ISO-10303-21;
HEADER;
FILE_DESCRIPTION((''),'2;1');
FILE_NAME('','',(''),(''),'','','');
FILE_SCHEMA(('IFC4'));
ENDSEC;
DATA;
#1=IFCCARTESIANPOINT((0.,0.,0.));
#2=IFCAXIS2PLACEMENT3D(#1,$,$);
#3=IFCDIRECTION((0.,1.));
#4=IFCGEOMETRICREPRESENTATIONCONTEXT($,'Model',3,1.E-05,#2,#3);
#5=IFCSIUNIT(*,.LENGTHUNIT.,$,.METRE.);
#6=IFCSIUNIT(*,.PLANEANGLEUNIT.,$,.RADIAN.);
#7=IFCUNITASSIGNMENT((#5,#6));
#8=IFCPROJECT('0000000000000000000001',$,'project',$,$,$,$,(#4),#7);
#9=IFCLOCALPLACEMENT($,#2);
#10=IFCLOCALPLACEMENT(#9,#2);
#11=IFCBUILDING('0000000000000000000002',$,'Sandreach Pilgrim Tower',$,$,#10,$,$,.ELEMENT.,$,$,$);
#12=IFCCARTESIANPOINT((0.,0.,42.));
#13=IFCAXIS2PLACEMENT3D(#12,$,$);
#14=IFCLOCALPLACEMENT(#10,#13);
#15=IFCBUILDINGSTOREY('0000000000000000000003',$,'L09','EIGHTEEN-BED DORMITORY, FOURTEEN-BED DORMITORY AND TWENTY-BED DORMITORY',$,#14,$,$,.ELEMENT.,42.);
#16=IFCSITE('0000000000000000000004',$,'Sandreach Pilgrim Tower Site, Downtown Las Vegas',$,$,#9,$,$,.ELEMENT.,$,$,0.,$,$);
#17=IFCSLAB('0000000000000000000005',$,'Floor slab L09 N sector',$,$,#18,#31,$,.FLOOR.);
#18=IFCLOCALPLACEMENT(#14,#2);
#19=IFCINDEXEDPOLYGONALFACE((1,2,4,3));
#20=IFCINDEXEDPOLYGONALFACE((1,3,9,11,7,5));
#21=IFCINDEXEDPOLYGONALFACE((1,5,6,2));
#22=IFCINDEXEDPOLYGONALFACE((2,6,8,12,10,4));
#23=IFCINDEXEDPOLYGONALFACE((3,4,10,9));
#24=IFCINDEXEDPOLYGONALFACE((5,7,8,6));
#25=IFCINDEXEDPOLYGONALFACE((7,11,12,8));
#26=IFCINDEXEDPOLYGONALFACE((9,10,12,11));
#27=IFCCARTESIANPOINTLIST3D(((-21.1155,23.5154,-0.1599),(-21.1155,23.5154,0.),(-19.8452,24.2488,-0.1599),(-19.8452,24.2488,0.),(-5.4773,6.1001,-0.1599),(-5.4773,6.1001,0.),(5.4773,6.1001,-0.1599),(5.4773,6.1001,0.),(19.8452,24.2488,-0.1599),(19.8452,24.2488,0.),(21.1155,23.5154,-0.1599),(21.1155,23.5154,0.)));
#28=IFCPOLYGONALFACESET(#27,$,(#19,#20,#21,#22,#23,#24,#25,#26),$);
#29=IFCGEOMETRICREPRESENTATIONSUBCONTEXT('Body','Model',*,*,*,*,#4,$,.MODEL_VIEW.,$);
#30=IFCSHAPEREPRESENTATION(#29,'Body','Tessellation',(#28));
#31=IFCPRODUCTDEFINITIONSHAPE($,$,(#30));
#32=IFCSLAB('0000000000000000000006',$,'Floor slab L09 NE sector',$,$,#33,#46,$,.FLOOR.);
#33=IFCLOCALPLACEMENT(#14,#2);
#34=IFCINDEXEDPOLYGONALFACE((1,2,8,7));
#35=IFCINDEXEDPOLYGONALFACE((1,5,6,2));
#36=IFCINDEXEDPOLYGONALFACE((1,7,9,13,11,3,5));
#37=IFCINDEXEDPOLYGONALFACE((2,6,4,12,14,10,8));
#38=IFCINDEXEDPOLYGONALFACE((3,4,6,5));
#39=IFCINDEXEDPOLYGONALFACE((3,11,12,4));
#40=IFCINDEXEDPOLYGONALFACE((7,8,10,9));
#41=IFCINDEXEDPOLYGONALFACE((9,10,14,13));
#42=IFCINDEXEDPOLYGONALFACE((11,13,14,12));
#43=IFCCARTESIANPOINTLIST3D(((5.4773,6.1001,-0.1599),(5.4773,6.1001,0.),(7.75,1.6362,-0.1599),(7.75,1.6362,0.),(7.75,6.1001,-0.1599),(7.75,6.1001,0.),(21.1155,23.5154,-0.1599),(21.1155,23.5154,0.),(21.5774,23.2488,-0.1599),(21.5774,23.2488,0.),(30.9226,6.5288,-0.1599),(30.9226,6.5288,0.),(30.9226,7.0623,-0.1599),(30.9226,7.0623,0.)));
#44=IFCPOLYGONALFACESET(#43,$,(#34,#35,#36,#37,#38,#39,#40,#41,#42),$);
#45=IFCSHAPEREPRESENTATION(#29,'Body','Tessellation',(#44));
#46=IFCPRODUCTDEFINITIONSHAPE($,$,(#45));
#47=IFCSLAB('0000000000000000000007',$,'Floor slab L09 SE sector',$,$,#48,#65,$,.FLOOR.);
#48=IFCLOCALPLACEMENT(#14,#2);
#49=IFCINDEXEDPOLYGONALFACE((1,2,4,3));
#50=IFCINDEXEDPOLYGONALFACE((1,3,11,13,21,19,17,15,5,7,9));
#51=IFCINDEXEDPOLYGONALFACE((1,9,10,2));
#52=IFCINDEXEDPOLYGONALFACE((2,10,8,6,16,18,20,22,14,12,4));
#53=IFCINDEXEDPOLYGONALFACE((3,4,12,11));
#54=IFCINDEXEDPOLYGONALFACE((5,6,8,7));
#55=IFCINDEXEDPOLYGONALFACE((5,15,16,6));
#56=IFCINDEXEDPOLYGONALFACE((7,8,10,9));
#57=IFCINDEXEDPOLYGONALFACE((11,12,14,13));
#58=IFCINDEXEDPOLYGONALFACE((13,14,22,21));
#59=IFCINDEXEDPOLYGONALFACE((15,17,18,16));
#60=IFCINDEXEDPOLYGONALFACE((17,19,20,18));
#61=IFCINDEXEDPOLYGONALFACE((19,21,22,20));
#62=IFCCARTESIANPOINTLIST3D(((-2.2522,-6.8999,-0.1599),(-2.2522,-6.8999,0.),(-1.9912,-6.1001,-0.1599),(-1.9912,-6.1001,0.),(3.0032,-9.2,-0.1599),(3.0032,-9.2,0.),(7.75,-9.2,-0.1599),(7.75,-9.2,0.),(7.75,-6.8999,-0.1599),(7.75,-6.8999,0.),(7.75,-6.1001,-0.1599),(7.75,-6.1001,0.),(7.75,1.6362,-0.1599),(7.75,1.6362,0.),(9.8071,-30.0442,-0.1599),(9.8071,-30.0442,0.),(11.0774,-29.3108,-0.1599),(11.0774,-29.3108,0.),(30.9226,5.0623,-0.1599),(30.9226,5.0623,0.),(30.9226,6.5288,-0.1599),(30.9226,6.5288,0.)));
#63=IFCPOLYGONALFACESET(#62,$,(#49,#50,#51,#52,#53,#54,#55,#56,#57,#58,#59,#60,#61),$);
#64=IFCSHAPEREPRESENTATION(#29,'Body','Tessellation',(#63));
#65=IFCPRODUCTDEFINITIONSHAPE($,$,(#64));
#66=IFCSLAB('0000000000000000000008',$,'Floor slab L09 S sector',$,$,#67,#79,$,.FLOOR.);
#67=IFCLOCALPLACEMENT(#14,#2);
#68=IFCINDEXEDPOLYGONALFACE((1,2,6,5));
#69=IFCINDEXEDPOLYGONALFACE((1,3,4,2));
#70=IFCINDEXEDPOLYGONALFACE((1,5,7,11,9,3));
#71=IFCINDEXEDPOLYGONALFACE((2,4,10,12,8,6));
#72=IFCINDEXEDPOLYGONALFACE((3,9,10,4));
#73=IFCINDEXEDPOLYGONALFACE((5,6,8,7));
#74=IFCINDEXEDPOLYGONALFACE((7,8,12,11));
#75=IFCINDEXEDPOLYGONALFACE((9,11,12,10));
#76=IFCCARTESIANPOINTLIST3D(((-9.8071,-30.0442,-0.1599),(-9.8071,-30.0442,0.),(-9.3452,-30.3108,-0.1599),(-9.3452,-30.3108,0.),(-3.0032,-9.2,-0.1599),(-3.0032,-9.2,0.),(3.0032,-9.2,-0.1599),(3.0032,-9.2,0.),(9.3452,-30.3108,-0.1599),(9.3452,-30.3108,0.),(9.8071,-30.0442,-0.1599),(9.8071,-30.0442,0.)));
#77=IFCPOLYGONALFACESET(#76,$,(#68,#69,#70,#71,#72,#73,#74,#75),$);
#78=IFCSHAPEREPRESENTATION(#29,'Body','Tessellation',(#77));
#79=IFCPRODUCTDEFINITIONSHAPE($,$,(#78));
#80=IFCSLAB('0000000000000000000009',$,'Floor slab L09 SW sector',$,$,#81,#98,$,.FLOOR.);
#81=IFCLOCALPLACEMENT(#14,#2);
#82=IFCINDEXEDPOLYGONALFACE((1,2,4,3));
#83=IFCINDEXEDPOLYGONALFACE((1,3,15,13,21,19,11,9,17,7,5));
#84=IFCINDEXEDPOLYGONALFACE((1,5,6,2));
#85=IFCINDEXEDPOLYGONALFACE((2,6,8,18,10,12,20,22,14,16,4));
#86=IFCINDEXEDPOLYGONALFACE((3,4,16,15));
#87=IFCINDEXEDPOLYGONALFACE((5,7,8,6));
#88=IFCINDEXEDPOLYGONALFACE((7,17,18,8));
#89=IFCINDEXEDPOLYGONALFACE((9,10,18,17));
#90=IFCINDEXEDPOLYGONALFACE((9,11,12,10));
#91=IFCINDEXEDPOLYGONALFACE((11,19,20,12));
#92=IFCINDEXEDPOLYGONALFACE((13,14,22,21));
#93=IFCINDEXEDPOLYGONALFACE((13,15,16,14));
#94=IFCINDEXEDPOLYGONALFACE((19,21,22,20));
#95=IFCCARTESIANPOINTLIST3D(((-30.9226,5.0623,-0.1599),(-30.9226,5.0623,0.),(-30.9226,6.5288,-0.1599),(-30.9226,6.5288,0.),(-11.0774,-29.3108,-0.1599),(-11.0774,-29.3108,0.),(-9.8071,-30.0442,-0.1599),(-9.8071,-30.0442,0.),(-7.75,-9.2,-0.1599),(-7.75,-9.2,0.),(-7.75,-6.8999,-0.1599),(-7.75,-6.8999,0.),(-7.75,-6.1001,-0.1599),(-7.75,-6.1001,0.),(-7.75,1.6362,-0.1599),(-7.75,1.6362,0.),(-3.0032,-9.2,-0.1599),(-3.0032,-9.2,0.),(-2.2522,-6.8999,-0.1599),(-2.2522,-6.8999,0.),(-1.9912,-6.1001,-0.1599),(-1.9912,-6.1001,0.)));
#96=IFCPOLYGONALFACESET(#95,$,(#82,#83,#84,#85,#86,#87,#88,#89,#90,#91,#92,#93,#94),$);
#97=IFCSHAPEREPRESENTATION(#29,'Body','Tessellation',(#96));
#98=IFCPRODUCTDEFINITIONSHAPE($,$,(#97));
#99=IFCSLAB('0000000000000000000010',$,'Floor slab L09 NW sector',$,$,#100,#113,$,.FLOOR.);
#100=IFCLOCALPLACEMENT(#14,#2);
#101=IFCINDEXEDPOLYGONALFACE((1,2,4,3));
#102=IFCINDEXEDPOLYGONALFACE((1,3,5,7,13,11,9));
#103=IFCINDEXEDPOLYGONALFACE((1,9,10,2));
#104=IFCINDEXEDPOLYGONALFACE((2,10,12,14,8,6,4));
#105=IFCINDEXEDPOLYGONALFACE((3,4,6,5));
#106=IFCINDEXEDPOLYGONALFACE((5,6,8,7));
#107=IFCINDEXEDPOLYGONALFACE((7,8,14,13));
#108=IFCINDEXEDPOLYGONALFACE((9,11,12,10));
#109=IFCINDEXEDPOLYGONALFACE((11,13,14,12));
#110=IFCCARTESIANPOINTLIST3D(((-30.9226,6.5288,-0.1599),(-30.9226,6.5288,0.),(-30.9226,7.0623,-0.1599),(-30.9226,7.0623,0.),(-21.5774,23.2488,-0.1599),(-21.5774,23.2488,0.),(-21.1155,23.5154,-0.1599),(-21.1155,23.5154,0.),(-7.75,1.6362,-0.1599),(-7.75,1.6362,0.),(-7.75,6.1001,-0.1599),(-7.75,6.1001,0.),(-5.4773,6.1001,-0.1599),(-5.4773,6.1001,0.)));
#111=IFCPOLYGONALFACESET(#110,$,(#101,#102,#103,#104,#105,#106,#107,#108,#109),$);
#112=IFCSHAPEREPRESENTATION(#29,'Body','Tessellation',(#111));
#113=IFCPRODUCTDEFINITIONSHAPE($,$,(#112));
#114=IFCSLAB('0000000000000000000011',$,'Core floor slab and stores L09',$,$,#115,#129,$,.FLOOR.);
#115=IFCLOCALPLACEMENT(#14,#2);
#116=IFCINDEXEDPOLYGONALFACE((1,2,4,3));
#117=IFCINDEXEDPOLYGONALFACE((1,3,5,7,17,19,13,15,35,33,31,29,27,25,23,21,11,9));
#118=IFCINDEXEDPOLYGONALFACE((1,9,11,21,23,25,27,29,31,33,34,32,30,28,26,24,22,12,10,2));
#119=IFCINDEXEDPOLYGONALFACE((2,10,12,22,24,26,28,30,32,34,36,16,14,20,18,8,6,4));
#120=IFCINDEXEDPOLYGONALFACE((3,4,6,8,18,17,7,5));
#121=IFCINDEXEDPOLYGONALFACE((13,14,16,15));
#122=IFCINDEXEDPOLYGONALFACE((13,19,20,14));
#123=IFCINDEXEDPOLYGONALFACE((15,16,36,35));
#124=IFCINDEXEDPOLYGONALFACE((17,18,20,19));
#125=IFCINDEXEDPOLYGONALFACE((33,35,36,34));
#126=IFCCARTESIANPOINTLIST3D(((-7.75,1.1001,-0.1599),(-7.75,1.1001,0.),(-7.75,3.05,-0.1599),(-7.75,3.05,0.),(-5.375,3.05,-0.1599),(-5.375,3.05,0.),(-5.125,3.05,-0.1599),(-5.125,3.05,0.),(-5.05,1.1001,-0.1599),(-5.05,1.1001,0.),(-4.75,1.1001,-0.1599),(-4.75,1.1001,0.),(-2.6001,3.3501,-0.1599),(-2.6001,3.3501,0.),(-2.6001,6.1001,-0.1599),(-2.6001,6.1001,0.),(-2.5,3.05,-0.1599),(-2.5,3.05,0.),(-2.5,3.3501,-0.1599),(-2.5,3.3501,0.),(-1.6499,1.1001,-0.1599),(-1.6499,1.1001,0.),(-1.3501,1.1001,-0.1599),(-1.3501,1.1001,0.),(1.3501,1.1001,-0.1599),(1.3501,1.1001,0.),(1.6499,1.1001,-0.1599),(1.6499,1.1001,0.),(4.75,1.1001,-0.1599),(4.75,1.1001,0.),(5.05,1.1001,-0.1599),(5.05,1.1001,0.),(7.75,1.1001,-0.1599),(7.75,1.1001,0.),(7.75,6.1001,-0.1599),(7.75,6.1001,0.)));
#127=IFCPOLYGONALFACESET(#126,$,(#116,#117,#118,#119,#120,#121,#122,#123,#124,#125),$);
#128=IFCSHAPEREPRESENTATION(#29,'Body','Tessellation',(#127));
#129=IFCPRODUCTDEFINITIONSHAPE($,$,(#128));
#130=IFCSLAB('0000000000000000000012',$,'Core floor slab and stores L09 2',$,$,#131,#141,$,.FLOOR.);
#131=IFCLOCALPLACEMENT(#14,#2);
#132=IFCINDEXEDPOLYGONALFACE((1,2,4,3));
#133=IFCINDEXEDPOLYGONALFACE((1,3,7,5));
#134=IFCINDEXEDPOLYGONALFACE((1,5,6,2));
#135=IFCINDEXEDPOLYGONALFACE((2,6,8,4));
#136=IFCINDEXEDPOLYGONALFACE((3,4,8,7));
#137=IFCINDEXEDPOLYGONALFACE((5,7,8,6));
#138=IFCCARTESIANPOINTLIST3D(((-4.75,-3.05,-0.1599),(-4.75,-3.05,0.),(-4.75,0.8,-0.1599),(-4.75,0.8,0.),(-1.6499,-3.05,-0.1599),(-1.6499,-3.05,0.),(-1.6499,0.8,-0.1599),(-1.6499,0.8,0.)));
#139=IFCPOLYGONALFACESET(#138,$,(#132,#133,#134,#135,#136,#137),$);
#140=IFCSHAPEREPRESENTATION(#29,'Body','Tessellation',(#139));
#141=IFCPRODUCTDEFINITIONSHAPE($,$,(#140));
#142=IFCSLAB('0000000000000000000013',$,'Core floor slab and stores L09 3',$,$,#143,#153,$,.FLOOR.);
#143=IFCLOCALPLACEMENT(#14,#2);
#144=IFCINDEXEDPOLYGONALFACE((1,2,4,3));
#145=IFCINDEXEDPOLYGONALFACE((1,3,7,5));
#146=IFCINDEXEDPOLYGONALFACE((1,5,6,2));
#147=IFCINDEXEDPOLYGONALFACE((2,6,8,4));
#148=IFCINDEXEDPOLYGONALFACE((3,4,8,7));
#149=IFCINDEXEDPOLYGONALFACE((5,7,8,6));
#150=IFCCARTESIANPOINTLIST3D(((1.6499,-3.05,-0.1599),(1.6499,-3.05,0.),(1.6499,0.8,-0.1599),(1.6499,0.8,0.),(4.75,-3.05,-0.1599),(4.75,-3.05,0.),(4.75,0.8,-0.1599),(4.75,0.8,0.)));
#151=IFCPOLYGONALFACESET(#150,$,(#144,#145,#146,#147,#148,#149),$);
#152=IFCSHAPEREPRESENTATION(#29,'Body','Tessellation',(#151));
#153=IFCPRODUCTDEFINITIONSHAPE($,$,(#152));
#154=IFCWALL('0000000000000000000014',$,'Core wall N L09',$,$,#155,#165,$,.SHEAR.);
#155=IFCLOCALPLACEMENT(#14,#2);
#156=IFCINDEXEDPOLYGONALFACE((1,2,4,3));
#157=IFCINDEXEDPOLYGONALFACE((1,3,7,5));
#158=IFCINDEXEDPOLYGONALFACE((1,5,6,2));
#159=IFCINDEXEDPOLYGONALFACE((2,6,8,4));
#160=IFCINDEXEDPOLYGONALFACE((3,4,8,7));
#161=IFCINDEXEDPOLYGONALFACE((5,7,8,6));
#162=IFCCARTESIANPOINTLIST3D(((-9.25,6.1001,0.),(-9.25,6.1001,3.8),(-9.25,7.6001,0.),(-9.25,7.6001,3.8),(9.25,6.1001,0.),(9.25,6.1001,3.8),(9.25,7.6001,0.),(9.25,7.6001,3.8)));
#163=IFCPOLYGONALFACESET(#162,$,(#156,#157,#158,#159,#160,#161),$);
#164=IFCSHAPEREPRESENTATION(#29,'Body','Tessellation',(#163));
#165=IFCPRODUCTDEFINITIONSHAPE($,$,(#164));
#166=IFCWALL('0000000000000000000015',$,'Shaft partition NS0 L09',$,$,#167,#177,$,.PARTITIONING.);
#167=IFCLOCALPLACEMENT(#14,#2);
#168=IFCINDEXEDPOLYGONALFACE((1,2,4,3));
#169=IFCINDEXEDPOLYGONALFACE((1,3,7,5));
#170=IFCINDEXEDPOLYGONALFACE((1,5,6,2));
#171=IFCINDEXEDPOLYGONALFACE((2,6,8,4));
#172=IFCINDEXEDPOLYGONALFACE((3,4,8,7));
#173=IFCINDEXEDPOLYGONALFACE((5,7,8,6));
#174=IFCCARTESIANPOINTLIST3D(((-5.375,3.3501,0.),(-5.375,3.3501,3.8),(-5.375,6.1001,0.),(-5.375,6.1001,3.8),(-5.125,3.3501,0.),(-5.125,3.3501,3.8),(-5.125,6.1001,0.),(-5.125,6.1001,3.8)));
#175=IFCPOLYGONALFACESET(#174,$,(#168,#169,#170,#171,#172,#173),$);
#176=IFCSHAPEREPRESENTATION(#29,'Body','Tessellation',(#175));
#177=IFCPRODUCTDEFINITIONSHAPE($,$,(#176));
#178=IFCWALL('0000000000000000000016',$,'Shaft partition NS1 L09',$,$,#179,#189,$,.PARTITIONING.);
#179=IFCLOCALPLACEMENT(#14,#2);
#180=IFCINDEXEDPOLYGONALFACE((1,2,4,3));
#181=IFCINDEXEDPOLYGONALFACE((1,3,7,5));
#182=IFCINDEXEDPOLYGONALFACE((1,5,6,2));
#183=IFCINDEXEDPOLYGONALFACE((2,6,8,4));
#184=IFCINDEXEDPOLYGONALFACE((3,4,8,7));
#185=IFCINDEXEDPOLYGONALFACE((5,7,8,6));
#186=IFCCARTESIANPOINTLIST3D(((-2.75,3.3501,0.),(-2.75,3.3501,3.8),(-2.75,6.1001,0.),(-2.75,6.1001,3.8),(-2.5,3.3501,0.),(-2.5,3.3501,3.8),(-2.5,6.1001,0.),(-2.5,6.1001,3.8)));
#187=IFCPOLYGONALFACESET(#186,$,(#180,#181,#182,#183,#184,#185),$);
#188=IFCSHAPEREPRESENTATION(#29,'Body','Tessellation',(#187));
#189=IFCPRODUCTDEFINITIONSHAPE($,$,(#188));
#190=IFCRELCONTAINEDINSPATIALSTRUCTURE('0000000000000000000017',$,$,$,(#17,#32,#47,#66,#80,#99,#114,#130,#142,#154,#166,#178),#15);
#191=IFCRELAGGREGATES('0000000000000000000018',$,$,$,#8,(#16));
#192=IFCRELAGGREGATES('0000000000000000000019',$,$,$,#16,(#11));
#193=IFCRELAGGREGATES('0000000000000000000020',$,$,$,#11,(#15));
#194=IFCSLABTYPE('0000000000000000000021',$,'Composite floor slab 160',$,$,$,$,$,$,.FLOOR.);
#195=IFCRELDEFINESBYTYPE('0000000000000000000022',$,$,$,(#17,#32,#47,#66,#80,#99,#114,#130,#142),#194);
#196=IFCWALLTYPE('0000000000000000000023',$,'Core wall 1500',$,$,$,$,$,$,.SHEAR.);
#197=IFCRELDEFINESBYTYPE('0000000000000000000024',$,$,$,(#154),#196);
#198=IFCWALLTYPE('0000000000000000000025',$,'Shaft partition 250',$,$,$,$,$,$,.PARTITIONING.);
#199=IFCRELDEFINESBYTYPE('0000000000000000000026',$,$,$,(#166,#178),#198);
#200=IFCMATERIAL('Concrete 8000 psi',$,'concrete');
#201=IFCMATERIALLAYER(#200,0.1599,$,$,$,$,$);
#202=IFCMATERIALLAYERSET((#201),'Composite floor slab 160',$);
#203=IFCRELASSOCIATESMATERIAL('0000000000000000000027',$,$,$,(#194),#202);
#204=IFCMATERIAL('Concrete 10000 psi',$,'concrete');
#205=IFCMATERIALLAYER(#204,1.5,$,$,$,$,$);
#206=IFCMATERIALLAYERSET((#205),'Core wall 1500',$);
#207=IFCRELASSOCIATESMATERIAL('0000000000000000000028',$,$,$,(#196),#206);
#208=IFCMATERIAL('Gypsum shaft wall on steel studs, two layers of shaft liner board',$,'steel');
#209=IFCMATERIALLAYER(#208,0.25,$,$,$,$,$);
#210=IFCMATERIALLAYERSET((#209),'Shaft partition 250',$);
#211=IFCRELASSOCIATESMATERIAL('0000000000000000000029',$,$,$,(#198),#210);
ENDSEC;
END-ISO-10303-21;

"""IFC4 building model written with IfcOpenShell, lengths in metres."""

from ifc_helpers import new_model, si_unit, direction, frame, frame_2d, origin, place, context, subcontext, project, spatial, polyline, rectangle, outline, extrude, material, layer, layer_set, type_object, element, save


model = new_model("IFC4")

# Units and contexts
model_context = context("Model", 3, precision=1e-05, world=origin(), true_north=direction((0.0, 1.0)))
body_context = subcontext(model_context, "Body", "Model", "MODEL_VIEW")
ifc_project = project(units=[si_unit("LENGTHUNIT", "METRE"), si_unit("PLANEANGLEUNIT", "RADIAN")], contexts=[model_context])

# Site, building, storey
site_placement = place(None, origin())
site = spatial("IfcSite", under=ifc_project, at=site_placement, Name="Sandreach Pilgrim Tower Site, Downtown Las Vegas", CompositionType="ELEMENT", RefElevation=0.0)
building_placement = place(site_placement, origin())
building = spatial("IfcBuilding", under=site, at=building_placement, Name="Sandreach Pilgrim Tower", CompositionType="ELEMENT")
storey_placement = place(building_placement, frame((0.0, 0.0, 42.0)))
storey = spatial("IfcBuildingStorey", under=building, at=storey_placement, Name="L09", Description="EIGHTEEN-BED DORMITORY, FOURTEEN-BED DORMITORY AND TWENTY-BED DORMITORY", CompositionType="ELEMENT", Elevation=42.0)

# Slabs
ifc_material_1 = material(Name="Concrete 8000 psi", Category="concrete")
ifc_layer_1 = layer(ifc_material_1, 0.1599)
ifc_layer_set_1 = layer_set([ifc_layer_1], Name="Composite floor slab 160")
slab_type = type_object("IfcSlabType", Name="Composite floor slab 160", PredefinedType="FLOOR", material=ifc_layer_set_1)
slab_1_placement = place(storey_placement, frame((0.0, 0.0, -0.1599)))
element("IfcSlab", 1, at=slab_1_placement, inside=storey, type_object=slab_type, Name="Floor slab L09 N sector", PredefinedType="FLOOR", context=body_context, shape_type="SweptSolid", body=[
    extrude(outline(polyline([(-19.8452, 24.2488), (19.8452, 24.2488), (21.1155, 23.5154), (5.4773, 6.1001), (-5.4773, 6.1001), (-21.1155, 23.5154), (-19.8452, 24.2488)])), origin(), (0.0, 0.0, 1.0), 0.1599),
])
slab_2_placement = place(storey_placement, frame((0.0, 0.0, -0.1599)))
element("IfcSlab", 2, at=slab_2_placement, inside=storey, type_object=slab_type, Name="Floor slab L09 NE sector", PredefinedType="FLOOR", context=body_context, shape_type="SweptSolid", body=[
    extrude(outline(polyline([(21.5774, 23.2488), (30.9226, 7.0623), (30.9226, 6.5288), (7.75, 1.6362), (7.75, 6.1001), (5.4773, 6.1001), (21.1155, 23.5154), (21.5774, 23.2488)])), origin(), (0.0, 0.0, 1.0), 0.1599),
])
slab_3_placement = place(storey_placement, frame((0.0, 0.0, -0.1599)))
element("IfcSlab", 3, at=slab_3_placement, inside=storey, type_object=slab_type, Name="Floor slab L09 SE sector", PredefinedType="FLOOR", context=body_context, shape_type="SweptSolid", body=[
    extrude(outline(polyline([(11.0774, -29.3108), (9.8071, -30.0442), (3.0032, -9.2), (7.75, -9.2), (7.75, -6.8999), (-2.2522, -6.8999), (-1.9912, -6.1001), (7.75, -6.1001), (7.75, 1.6362), (30.9226, 6.5288), (30.9226, 5.0623), (11.0774, -29.3108)])), origin(), (0.0, 0.0, 1.0), 0.1599),
])
slab_4_placement = place(storey_placement, frame((0.0, 0.0, -0.1599)))
element("IfcSlab", 4, at=slab_4_placement, inside=storey, type_object=slab_type, Name="Floor slab L09 S sector", PredefinedType="FLOOR", context=body_context, shape_type="SweptSolid", body=[
    extrude(outline(polyline([(9.3452, -30.3108), (-9.3452, -30.3108), (-9.8071, -30.0442), (-3.0032, -9.2), (3.0032, -9.2), (9.8071, -30.0442), (9.3452, -30.3108)])), origin(), (0.0, 0.0, 1.0), 0.1599),
])
slab_5_placement = place(storey_placement, frame((0.0, 0.0, -0.1599)))
element("IfcSlab", 5, at=slab_5_placement, inside=storey, type_object=slab_type, Name="Floor slab L09 SW sector", PredefinedType="FLOOR", context=body_context, shape_type="SweptSolid", body=[
    extrude(outline(polyline([(-11.0774, -29.3108), (-30.9226, 5.0623), (-30.9226, 6.5288), (-7.75, 1.6362), (-7.75, -6.1001), (-1.9912, -6.1001), (-2.2522, -6.8999), (-7.75, -6.8999), (-7.75, -9.2), (-3.0032, -9.2), (-9.8071, -30.0442), (-11.0774, -29.3108)])), origin(), (0.0, 0.0, 1.0), 0.1599),
])
slab_6_placement = place(storey_placement, frame((0.0, 0.0, -0.1599)))
element("IfcSlab", 6, at=slab_6_placement, inside=storey, type_object=slab_type, Name="Floor slab L09 NW sector", PredefinedType="FLOOR", context=body_context, shape_type="SweptSolid", body=[
    extrude(outline(polyline([(-30.9226, 7.0623), (-21.5774, 23.2488), (-21.1155, 23.5154), (-5.4773, 6.1001), (-7.75, 6.1001), (-7.75, 1.6362), (-30.9226, 6.5288), (-30.9226, 7.0623)])), origin(), (0.0, 0.0, 1.0), 0.1599),
])
slab_7_placement = place(storey_placement, frame((0.0, 0.0, -0.1599)))
element("IfcSlab", 7, at=slab_7_placement, inside=storey, type_object=slab_type, Name="Core floor slab and stores L09", PredefinedType="FLOOR", context=body_context, shape_type="SweptSolid", body=[
    extrude(outline(polyline([(-7.75, 3.05), (-5.375, 3.05), (-5.125, 3.05), (-2.5, 3.05), (-2.5, 3.3501), (-2.6001, 3.3501), (-2.6001, 6.1001), (7.75, 6.1001), (7.75, 1.1001), (5.05, 1.1001), (4.75, 1.1001), (1.6499, 1.1001), (1.3501, 1.1001), (-1.3501, 1.1001), (-1.6499, 1.1001), (-4.75, 1.1001), (-5.05, 1.1001), (-7.75, 1.1001), (-7.75, 3.05)])), origin(), (0.0, 0.0, 1.0), 0.1599),
])
slab_8_placement = place(storey_placement, frame((0.0, 0.0, -0.1599)))
element("IfcSlab", 8, at=slab_8_placement, inside=storey, type_object=slab_type, Name="Core floor slab and stores L09 2", PredefinedType="FLOOR", context=body_context, shape_type="SweptSolid", body=[
    extrude(outline(polyline([(-1.6499, -3.05), (-4.75, -3.05), (-4.75, 0.8), (-1.6499, 0.8), (-1.6499, -3.05)])), origin(), (0.0, 0.0, 1.0), 0.1599),
])
slab_9_placement = place(storey_placement, frame((0.0, 0.0, -0.1599)))
element("IfcSlab", 9, at=slab_9_placement, inside=storey, type_object=slab_type, Name="Core floor slab and stores L09 3", PredefinedType="FLOOR", context=body_context, shape_type="SweptSolid", body=[
    extrude(outline(polyline([(4.75, -3.05), (1.6499, -3.05), (1.6499, 0.8), (4.75, 0.8), (4.75, -3.05)])), origin(), (0.0, 0.0, 1.0), 0.1599),
])

# Walls
ifc_material_2 = material(Name="Concrete 10000 psi", Category="concrete")
ifc_layer_2 = layer(ifc_material_2, 1.5)
ifc_layer_set_2 = layer_set([ifc_layer_2], Name="Core wall 1500")
wall_type_1 = type_object("IfcWallType", Name="Core wall 1500", PredefinedType="SHEAR", material=ifc_layer_set_2)
wall_1_placement = place(storey_placement, frame((-9.25, 6.8501, 0.0), z_axis=(0.0, 0.0, 1.0), x_axis=(1.0, 0.0, 0.0)))
element("IfcWall", 10, at=wall_1_placement, inside=storey, type_object=wall_type_1, Name="Core wall N L09", PredefinedType="SHEAR", context=body_context, shape_type="SweptSolid", body=[
    extrude(rectangle(XDim=18.5, YDim=1.5, at=frame_2d((9.25, 0.0))), origin(), (0.0, 0.0, 1.0), 3.8),
])
ifc_material_3 = material(Name="Gypsum shaft wall on steel studs, two layers of shaft liner board", Category="steel")
ifc_layer_3 = layer(ifc_material_3, 0.25)
ifc_layer_set_3 = layer_set([ifc_layer_3], Name="Shaft partition 250")
wall_type_2 = type_object("IfcWallType", Name="Shaft partition 250", PredefinedType="PARTITIONING", material=ifc_layer_set_3)
for number, where, z_axis, x_axis, name in (
    (11, (-5.25, 3.3501, 0.0), (0.0, 0.0, 1.0), (0.0, 1.0, 0.0), "Shaft partition NS0 L09"),
    (12, (-2.625, 3.3501, 0.0), (0.0, 0.0, 1.0), (0.0, 1.0, 0.0), "Shaft partition NS1 L09"),
):
    element("IfcWall", number, at=place(storey_placement, frame(where, z_axis=z_axis, x_axis=x_axis)), inside=storey, type_object=wall_type_2, Name=name, PredefinedType="PARTITIONING", context=body_context, shape_type="SweptSolid", body=[
        extrude(rectangle(XDim=2.75, YDim=0.25, at=frame_2d((1.375, 0.0))), origin(), (0.0, 0.0, 1.0), 3.8),
    ])

save(model, "model.ifc")
